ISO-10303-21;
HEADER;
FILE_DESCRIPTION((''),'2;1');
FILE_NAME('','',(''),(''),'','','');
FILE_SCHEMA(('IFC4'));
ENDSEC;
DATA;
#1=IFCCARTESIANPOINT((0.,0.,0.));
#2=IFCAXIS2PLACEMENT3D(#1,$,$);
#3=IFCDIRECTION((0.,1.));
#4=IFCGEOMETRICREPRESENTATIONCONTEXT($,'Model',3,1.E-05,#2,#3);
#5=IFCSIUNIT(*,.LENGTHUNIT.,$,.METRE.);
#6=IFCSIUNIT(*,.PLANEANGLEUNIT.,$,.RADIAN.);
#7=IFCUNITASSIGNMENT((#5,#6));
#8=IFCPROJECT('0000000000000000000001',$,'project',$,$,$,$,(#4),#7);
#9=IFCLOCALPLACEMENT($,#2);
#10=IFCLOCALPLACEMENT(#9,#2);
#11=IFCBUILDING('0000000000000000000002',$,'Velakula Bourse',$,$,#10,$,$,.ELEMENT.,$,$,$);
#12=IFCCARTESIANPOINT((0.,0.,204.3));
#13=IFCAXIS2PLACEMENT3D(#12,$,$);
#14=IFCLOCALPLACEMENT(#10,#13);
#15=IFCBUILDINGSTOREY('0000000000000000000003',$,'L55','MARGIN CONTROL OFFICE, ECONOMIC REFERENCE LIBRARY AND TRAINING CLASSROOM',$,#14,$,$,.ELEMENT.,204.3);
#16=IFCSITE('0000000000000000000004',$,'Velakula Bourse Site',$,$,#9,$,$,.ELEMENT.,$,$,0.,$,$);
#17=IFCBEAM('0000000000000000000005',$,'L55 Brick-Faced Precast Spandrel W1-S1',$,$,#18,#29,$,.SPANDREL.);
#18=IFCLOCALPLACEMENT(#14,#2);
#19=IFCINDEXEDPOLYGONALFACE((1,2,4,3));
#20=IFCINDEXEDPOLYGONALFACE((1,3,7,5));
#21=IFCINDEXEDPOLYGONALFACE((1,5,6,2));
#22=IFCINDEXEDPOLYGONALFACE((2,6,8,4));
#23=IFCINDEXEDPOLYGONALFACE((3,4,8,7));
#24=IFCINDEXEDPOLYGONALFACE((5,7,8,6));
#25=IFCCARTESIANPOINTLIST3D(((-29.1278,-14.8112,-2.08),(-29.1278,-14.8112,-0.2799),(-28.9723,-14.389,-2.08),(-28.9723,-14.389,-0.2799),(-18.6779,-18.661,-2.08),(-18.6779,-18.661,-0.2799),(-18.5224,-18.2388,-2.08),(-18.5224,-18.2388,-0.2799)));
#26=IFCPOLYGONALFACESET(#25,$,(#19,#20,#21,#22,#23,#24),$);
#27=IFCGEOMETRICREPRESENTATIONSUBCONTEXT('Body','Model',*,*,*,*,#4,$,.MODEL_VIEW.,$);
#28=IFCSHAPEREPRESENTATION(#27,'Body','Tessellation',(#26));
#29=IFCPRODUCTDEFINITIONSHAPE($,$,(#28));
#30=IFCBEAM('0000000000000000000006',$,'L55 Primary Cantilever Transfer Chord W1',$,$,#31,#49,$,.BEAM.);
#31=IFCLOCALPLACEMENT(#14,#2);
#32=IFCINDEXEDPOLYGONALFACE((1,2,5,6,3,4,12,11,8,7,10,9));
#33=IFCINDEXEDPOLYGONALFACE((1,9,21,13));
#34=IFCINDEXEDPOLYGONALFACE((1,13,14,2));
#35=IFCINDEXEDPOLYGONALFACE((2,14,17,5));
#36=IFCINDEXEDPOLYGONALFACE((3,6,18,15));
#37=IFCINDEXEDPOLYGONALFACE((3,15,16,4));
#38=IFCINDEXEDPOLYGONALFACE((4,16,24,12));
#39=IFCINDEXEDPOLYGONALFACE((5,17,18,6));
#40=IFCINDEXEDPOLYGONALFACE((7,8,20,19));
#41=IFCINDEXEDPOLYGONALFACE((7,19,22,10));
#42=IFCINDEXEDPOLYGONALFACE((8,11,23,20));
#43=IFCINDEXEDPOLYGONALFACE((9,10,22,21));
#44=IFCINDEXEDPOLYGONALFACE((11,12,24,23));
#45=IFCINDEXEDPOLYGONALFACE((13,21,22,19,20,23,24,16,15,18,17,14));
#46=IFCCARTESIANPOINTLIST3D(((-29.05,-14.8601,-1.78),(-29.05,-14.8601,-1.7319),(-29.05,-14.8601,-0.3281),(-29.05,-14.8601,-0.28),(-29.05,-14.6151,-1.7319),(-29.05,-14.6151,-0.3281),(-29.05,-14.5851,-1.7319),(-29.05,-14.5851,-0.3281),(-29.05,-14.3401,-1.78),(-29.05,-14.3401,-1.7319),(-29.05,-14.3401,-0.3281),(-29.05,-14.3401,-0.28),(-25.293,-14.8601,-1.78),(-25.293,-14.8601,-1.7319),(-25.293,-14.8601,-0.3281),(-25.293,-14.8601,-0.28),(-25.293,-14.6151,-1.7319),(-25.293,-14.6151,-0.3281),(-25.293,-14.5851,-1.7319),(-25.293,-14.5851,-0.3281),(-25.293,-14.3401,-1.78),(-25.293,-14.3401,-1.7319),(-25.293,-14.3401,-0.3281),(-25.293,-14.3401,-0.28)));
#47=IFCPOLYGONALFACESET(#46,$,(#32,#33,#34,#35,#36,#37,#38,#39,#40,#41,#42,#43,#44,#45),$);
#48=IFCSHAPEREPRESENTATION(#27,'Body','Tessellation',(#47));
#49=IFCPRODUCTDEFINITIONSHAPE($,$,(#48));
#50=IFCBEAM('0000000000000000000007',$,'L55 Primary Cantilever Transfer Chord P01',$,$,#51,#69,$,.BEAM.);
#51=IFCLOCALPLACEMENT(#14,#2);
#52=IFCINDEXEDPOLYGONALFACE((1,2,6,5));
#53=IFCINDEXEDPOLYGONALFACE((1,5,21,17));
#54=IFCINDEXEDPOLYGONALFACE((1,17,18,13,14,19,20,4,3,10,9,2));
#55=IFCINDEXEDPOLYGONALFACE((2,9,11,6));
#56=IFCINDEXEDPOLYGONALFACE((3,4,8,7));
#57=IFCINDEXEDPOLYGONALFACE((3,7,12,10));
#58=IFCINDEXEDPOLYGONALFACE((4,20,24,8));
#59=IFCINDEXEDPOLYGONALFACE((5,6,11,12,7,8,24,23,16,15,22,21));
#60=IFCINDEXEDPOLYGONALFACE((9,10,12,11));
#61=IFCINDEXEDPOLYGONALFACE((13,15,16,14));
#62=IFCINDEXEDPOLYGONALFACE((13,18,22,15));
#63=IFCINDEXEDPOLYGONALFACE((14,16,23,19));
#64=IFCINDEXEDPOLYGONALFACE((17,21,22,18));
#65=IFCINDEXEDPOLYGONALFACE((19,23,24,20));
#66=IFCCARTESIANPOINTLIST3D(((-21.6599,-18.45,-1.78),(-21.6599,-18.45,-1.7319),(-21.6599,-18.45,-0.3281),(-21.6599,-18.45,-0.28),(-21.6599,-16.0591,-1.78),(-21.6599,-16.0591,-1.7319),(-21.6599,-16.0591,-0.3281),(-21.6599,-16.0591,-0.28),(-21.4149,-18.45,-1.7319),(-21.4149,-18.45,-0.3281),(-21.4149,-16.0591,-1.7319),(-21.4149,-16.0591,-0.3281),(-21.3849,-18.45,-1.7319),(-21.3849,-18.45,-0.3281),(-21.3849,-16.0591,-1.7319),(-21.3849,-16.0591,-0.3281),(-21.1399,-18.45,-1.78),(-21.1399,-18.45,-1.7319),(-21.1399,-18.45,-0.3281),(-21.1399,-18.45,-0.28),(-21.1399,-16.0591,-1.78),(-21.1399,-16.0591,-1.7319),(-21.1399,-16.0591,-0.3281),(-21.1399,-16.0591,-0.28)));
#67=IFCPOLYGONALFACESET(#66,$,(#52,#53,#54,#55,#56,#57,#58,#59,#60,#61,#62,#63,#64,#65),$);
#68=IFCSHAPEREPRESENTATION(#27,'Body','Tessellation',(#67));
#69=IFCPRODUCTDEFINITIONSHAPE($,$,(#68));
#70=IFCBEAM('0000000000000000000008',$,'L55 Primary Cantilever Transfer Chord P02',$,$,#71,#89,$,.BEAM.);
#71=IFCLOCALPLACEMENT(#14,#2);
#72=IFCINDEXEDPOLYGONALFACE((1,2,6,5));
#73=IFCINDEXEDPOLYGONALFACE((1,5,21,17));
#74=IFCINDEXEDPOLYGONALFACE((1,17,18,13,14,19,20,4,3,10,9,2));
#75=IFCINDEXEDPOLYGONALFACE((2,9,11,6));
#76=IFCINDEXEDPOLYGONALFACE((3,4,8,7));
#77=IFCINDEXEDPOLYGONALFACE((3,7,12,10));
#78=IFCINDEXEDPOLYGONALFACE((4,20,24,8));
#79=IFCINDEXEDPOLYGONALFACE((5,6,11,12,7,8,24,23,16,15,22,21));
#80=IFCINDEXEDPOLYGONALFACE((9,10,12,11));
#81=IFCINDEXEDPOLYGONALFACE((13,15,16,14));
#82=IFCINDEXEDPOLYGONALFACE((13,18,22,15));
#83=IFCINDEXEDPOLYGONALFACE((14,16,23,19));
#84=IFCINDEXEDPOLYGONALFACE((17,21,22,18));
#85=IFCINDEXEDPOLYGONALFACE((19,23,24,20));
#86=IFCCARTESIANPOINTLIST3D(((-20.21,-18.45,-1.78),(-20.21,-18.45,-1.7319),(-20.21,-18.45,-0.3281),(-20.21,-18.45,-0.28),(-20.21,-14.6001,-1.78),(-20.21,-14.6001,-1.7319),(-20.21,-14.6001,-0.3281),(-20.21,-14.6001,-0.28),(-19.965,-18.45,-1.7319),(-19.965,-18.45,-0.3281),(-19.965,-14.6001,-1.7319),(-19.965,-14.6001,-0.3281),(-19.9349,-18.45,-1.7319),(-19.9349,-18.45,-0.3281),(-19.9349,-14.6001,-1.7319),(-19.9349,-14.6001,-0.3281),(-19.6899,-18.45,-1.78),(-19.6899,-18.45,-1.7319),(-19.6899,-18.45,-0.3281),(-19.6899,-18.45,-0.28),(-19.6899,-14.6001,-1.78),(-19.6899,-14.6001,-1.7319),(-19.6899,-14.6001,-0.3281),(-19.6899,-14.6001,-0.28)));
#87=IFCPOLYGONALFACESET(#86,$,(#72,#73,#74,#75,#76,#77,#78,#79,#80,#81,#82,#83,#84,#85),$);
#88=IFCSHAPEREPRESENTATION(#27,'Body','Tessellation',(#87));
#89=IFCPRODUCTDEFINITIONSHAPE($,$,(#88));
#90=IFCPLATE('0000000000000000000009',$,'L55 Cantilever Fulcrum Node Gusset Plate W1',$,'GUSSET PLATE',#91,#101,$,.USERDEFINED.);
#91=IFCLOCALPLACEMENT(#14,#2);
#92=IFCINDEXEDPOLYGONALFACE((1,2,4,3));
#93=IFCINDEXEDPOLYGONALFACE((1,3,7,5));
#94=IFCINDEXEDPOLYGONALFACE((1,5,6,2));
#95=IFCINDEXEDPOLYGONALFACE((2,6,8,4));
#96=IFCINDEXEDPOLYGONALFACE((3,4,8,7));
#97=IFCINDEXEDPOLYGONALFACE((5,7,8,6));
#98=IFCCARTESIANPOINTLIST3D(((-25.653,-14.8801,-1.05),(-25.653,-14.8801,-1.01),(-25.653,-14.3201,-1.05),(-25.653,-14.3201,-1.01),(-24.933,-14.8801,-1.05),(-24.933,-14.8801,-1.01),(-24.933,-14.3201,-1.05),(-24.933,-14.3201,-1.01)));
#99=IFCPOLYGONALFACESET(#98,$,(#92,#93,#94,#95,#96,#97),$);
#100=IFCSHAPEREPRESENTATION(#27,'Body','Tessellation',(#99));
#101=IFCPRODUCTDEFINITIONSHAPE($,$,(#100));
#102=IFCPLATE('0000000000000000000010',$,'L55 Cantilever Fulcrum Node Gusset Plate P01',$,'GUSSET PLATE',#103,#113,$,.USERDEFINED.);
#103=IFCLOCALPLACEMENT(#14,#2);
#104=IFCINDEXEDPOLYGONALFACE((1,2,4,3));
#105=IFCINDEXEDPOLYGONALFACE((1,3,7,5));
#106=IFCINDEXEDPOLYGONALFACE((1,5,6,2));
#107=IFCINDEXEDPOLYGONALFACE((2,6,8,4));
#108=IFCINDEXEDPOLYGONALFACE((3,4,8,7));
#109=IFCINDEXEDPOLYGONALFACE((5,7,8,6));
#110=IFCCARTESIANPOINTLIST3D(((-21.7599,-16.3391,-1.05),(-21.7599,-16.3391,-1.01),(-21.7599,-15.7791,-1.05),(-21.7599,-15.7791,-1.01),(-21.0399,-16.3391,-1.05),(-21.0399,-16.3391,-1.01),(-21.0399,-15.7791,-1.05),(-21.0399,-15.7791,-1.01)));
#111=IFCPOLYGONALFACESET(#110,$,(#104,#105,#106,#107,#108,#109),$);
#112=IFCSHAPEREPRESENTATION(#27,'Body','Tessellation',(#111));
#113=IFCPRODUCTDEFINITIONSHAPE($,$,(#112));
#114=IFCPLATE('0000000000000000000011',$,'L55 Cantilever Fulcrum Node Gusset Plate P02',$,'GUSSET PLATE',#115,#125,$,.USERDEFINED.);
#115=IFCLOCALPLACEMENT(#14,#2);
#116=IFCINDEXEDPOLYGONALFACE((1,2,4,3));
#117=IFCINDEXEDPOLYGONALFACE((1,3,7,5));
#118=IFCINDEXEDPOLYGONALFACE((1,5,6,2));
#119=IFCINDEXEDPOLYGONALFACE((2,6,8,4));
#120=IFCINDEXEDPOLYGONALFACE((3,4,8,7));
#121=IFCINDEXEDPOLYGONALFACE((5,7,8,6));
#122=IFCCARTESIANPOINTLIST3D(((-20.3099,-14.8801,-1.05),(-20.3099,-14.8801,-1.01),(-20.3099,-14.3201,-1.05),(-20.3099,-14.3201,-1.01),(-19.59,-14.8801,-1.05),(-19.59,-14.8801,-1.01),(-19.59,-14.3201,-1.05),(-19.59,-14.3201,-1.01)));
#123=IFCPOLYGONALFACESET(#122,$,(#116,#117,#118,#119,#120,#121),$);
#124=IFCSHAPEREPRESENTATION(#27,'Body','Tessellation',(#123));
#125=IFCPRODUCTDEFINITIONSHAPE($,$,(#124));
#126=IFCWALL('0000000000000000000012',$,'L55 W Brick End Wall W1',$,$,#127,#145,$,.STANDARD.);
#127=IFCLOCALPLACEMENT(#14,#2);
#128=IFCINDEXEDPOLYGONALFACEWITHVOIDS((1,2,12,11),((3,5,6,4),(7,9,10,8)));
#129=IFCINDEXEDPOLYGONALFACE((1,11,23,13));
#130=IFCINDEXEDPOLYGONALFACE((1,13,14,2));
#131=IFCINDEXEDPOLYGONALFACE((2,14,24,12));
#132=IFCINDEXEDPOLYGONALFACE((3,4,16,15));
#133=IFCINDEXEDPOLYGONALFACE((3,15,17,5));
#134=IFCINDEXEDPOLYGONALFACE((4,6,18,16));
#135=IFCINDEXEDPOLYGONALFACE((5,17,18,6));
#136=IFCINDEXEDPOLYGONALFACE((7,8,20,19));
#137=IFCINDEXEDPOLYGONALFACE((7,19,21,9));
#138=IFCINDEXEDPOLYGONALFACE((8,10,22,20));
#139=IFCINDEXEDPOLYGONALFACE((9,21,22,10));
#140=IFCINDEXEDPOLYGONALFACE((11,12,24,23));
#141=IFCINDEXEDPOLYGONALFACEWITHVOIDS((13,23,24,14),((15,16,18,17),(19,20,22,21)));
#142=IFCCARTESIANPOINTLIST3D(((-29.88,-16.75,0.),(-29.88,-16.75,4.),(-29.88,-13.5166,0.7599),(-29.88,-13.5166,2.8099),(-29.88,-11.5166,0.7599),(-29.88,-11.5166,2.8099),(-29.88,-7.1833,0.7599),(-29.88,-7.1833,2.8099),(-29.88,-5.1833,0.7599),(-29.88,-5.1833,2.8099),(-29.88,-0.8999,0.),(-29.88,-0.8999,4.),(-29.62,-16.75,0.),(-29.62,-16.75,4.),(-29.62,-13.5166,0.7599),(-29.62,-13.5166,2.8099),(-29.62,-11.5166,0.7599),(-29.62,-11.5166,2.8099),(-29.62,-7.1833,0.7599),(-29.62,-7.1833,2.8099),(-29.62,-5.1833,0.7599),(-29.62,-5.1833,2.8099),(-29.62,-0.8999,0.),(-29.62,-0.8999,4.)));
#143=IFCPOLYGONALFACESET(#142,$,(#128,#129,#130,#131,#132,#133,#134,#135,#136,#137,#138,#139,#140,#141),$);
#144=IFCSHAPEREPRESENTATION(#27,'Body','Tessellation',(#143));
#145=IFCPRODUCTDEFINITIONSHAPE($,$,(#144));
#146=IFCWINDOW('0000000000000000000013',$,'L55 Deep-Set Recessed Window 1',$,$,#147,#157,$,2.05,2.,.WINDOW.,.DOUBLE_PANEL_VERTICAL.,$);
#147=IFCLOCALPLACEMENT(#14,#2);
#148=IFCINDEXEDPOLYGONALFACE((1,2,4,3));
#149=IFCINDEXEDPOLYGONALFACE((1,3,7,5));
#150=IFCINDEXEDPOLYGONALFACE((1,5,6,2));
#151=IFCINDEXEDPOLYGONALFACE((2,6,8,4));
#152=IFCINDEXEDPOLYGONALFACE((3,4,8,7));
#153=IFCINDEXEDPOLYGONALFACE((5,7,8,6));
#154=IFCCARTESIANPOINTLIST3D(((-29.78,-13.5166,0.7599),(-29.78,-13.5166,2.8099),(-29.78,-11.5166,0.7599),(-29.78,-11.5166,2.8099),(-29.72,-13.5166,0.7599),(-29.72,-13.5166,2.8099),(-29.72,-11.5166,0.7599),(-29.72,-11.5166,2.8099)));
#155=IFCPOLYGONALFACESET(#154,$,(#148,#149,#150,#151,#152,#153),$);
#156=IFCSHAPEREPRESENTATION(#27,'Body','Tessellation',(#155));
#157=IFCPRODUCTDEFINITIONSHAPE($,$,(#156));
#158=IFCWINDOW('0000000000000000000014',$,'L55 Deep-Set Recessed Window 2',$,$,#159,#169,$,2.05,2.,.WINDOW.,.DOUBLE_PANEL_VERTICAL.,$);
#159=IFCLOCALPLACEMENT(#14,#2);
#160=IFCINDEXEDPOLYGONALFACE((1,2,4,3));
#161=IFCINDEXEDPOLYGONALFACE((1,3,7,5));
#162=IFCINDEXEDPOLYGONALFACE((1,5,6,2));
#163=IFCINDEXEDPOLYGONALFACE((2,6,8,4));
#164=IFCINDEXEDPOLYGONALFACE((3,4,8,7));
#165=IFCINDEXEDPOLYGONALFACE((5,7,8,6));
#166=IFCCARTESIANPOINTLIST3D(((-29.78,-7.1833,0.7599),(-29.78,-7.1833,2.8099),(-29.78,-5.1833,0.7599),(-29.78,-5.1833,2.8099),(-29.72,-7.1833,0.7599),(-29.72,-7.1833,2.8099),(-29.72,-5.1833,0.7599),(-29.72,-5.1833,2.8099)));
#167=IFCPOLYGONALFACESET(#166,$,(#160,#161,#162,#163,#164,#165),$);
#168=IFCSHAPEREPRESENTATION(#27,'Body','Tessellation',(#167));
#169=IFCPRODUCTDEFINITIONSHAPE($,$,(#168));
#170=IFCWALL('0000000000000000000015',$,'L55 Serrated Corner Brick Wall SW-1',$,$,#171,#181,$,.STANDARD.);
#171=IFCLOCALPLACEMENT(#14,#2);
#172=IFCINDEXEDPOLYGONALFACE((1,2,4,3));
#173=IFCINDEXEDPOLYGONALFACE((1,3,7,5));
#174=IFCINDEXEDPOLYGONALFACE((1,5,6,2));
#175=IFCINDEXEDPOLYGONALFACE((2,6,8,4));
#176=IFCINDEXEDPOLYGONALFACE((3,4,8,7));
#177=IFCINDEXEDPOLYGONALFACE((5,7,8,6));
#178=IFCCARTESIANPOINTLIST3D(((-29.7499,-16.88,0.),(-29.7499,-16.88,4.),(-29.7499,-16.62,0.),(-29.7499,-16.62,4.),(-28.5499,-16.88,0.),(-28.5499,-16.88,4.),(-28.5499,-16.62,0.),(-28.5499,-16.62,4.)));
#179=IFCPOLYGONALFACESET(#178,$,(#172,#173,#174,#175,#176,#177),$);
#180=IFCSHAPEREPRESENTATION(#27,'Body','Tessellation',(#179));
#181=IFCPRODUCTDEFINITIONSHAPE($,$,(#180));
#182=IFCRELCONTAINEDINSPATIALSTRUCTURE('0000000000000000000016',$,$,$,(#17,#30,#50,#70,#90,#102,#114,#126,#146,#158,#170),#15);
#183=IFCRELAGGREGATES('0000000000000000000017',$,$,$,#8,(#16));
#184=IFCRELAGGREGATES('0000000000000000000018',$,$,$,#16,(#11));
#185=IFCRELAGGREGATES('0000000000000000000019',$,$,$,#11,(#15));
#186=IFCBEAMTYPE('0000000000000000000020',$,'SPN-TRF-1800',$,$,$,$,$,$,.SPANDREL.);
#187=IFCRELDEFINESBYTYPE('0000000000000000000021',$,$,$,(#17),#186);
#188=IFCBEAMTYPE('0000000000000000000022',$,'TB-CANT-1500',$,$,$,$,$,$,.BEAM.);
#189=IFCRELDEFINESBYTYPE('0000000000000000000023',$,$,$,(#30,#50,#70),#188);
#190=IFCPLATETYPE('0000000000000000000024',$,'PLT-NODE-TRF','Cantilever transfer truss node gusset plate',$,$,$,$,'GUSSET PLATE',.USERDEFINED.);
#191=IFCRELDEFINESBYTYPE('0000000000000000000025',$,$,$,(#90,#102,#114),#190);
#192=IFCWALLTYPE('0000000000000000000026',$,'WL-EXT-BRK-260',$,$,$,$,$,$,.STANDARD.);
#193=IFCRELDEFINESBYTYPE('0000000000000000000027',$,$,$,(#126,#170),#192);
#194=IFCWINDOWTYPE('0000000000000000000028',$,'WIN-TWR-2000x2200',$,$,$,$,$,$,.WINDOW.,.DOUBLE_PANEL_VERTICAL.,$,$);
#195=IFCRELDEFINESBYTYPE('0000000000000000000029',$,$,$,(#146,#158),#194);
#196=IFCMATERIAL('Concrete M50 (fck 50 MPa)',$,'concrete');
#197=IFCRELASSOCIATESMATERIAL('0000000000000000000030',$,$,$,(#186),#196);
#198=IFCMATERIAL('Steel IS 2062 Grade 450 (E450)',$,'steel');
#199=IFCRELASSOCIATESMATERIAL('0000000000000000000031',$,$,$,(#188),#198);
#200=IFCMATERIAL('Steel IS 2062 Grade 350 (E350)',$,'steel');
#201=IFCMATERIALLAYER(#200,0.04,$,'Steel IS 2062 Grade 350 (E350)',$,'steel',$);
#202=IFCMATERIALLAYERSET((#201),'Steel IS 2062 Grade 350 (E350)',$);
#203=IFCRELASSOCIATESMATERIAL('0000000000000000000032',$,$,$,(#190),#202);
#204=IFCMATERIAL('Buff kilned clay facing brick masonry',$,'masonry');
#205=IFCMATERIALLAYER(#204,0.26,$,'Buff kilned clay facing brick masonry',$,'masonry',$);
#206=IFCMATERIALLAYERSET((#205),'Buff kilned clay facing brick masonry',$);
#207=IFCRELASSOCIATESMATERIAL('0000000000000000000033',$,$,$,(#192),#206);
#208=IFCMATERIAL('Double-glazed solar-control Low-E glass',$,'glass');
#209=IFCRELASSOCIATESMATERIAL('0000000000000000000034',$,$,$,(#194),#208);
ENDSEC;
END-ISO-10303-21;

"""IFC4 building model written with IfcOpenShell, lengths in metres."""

from ifc_helpers import new_model, si_unit, direction, frame, frame_2d, origin, origin_2d, place, context, subcontext, project, spatial, rectangle, i_section, extrude, material, layer, layer_set, material_profile, profile_set, type_object, element, fill, save


model = new_model("IFC4")

# Units and contexts
model_context = context("Model", 3, precision=1e-05, world=origin(), true_north=direction((0.0, 1.0)))
body_context = subcontext(model_context, "Body", "Model", "MODEL_VIEW")
ifc_project = project(units=[si_unit("LENGTHUNIT", "METRE"), si_unit("PLANEANGLEUNIT", "RADIAN")], contexts=[model_context])

# Site, building, storey
site_placement = place(None, origin())
site = spatial("IfcSite", under=ifc_project, at=site_placement, Name="Velakula Bourse Site", CompositionType="ELEMENT", RefElevation=0.0)
building_placement = place(site_placement, origin())
building = spatial("IfcBuilding", under=site, at=building_placement, Name="Velakula Bourse", CompositionType="ELEMENT")
storey_placement = place(building_placement, frame((0.0, 0.0, 204.3)))
storey = spatial("IfcBuildingStorey", under=building, at=storey_placement, Name="L55", Description="MARGIN CONTROL OFFICE, ECONOMIC REFERENCE LIBRARY AND TRAINING CLASSROOM", CompositionType="ELEMENT", Elevation=204.3)

# Shared definitions
ifc_material_1 = material(Name="Steel IS 2062 Grade 350 (E350)", Category="steel")

# Beams
ifc_material_2 = material(Name="Concrete M50 (fck 50 MPa)", Category="concrete")
ifc_material_profile_1 = material_profile(ifc_material_2, rectangle(XDim=0.45, YDim=1.8, at=origin_2d()), Name="Concrete M50 (fck 50 MPa)")
ifc_profile_set_1 = profile_set([ifc_material_profile_1], Name="Concrete M50 (fck 50 MPa)")
beam_type_1 = type_object("IfcBeamType", Name="SPN-TRF-1800", PredefinedType="SPANDREL", material=ifc_profile_set_1)
beam_1_placement = place(storey_placement, frame((-29.05, -14.6001, -1.1799), z_axis=(0.938347, -0.345695, 0.0), x_axis=(0.345695, 0.938347, 0.0)))
element("IfcBeam", 1, at=beam_1_placement, inside=storey, type_object=beam_type_1, Name="L55 Brick-Faced Precast Spandrel W1-S1", PredefinedType="SPANDREL", context=body_context, shape_type="SweptSolid", body=[
    extrude(rectangle(XDim=0.45, YDim=1.8, at=origin_2d()), origin(), (0.0, 0.0, 1.0), 11.1365),
])
ifc_material_3 = material(Name="Steel IS 2062 Grade 450 (E450)", Category="steel")
ifc_material_profile_2 = material_profile(ifc_material_3, i_section(OverallWidth=0.52, OverallDepth=1.5, WebThickness=0.03, FlangeThickness=0.0481, at=origin_2d()), Name="Steel IS 2062 Grade 450 (E450)")
ifc_profile_set_2 = profile_set([ifc_material_profile_2], Name="Steel IS 2062 Grade 450 (E450)")
beam_type_2 = type_object("IfcBeamType", Name="TB-CANT-1500", PredefinedType="BEAM", material=ifc_profile_set_2)
beam_2_placement = place(storey_placement, frame((-25.293, -14.6001, -1.03), z_axis=(-1.0, 0.0, 0.0), x_axis=(0.0, -1.0, 0.0)))
element("IfcBeam", 2, at=beam_2_placement, inside=storey, type_object=beam_type_2, Name="L55 Primary Cantilever Transfer Chord W1", PredefinedType="BEAM", context=body_context, shape_type="SweptSolid", body=[
    extrude(i_section(OverallWidth=0.52, OverallDepth=1.5, WebThickness=0.03, FlangeThickness=0.0481, at=origin_2d()), origin(), (0.0, 0.0, 1.0), 3.7571),
])
beam_3_placement = place(storey_placement, frame((-21.3999, -16.0591, -1.03), z_axis=(0.0, -1.0, 0.0), x_axis=(1.0, 0.0, 0.0)))
element("IfcBeam", 3, at=beam_3_placement, inside=storey, type_object=beam_type_2, Name="L55 Primary Cantilever Transfer Chord P01", PredefinedType="BEAM", context=body_context, shape_type="SweptSolid", body=[
    extrude(i_section(OverallWidth=0.52, OverallDepth=1.5, WebThickness=0.03, FlangeThickness=0.0481, at=origin_2d()), origin(), (0.0, 0.0, 1.0), 2.3909),
])
beam_4_placement = place(storey_placement, frame((-19.95, -14.6001, -1.03), z_axis=(0.0, -1.0, 0.0), x_axis=(1.0, 0.0, 0.0)))
element("IfcBeam", 4, at=beam_4_placement, inside=storey, type_object=beam_type_2, Name="L55 Primary Cantilever Transfer Chord P02", PredefinedType="BEAM", context=body_context, shape_type="SweptSolid", body=[
    extrude(i_section(OverallWidth=0.52, OverallDepth=1.5, WebThickness=0.03, FlangeThickness=0.0481, at=origin_2d()), origin(), (0.0, 0.0, 1.0), 3.8499),
])

# Plates
ifc_layer_1 = layer(ifc_material_1, 0.04, Name="Steel IS 2062 Grade 350 (E350)", Category="steel")
ifc_layer_set_1 = layer_set([ifc_layer_1], Name="Steel IS 2062 Grade 350 (E350)")
plate_type = type_object("IfcPlateType", Name="PLT-NODE-TRF", Description="Cantilever transfer truss node gusset plate", ElementType="GUSSET PLATE", PredefinedType="USERDEFINED", material=ifc_layer_set_1)
plate_placement = place(storey_placement, frame((-25.293, -14.6001, -1.05), z_axis=(0.0, 0.0, 1.0), x_axis=(1.0, 0.0, 0.0)))
element("IfcPlate", 5, at=plate_placement, inside=storey, type_object=plate_type, Name="L55 Cantilever Fulcrum Node Gusset Plate W1", ObjectType="GUSSET PLATE", PredefinedType="USERDEFINED", context=body_context, shape_type="SweptSolid", body=[
    extrude(rectangle(XDim=0.72, YDim=0.5601, at=origin_2d()), origin(), (0.0, 0.0, 1.0), 0.04),
])
for number, where, z_axis, x_axis, name in (
    (6, (-21.3999, -16.0591, -1.05), (0.0, 0.0, 1.0), (0.0, 1.0, 0.0), "L55 Cantilever Fulcrum Node Gusset Plate P01"),
    (7, (-19.95, -14.6001, -1.05), (0.0, 0.0, 1.0), (0.0, 1.0, 0.0), "L55 Cantilever Fulcrum Node Gusset Plate P02"),
):
    element("IfcPlate", number, at=place(storey_placement, frame(where, z_axis=z_axis, x_axis=x_axis)), inside=storey, type_object=plate_type, Name=name, ObjectType="GUSSET PLATE", PredefinedType="USERDEFINED", context=body_context, shape_type="SweptSolid", body=[
        extrude(rectangle(XDim=0.5601, YDim=0.72, at=origin_2d()), origin(), (0.0, 0.0, 1.0), 0.04),
    ])

# Wall, openings, windows
ifc_material_4 = material(Name="Buff kilned clay facing brick masonry", Category="masonry")
ifc_layer_2 = layer(ifc_material_4, 0.26, Name="Buff kilned clay facing brick masonry", Category="masonry")
ifc_layer_set_2 = layer_set([ifc_layer_2], Name="Buff kilned clay facing brick masonry")
wall_type = type_object("IfcWallType", Name="WL-EXT-BRK-260", PredefinedType="STANDARD", material=ifc_layer_set_2)
wall_placement = place(storey_placement, frame((-29.75, -16.75, 0.0), z_axis=(0.0, 0.0, 1.0), x_axis=(0.0, 1.0, 0.0)))
wall = element("IfcWall", 8, at=wall_placement, inside=storey, type_object=wall_type, Name="L55 W Brick End Wall W1", PredefinedType="STANDARD", context=body_context, shape_type="SweptSolid", body=[
    extrude(rectangle(XDim=15.8501, YDim=0.26, at=frame_2d((7.925, 0.0))), origin(), (0.0, 0.0, 1.0), 4.0),
])
opening_1_placement = place(wall_placement, frame((3.2334, 0.0, 0.76)))
opening_1 = element("IfcOpeningElement", 9, at=opening_1_placement, cuts=wall, PredefinedType="OPENING", context=body_context, shape_type="SweptSolid", body=[
    extrude(rectangle(XDim=2.0, YDim=2.05, at=frame_2d((1.0, 1.0249))), frame((0.0, 0.1399, 0.0), z_axis=(0.0, -1.0, 0.0), x_axis=(1.0, 0.0, 0.0)), (0.0, 0.0, 1.0), 0.28),
])
opening_2_placement = place(wall_placement, frame((9.5667, 0.0, 0.76)))
opening_2 = element("IfcOpeningElement", 10, at=opening_2_placement, cuts=wall, PredefinedType="OPENING", context=body_context, shape_type="SweptSolid", body=[
    extrude(rectangle(XDim=2.0, YDim=2.05, at=frame_2d((1.0, 1.0249))), frame((0.0, 0.1399, 0.0), z_axis=(0.0, -1.0, 0.0), x_axis=(1.0, 0.0, 0.0)), (0.0, 0.0, 1.0), 0.28),
])
ifc_material_5 = material(Name="Double-glazed solar-control Low-E glass", Category="glass")
window_type = type_object("IfcWindowType", Name="WIN-TWR-2000x2200", PartitioningType="DOUBLE_PANEL_VERTICAL", PredefinedType="WINDOW", material=ifc_material_5)
window_1_placement = place(opening_1_placement, origin())
window_1 = element("IfcWindow", 11, at=window_1_placement, inside=storey, type_object=window_type, Name="L55 Deep-Set Recessed Window 1", OverallHeight=2.05, OverallWidth=2.0, PartitioningType="DOUBLE_PANEL_VERTICAL", PredefinedType="WINDOW", context=body_context, shape_type="SweptSolid", body=[
    extrude(rectangle(XDim=2.0, YDim=2.05, at=frame_2d((1.0, 1.0249))), frame((0.0, 0.03, 0.0), z_axis=(0.0, -1.0, 0.0), x_axis=(1.0, 0.0, 0.0)), (0.0, 0.0, 1.0), 0.0601),
])
fill(opening_1, window_1)
window_2_placement = place(opening_2_placement, origin())
window_2 = element("IfcWindow", 12, at=window_2_placement, inside=storey, type_object=window_type, Name="L55 Deep-Set Recessed Window 2", OverallHeight=2.05, OverallWidth=2.0, PartitioningType="DOUBLE_PANEL_VERTICAL", PredefinedType="WINDOW", context=body_context, shape_type="SweptSolid", body=[
    extrude(rectangle(XDim=2.0, YDim=2.05, at=frame_2d((1.0, 1.0249))), frame((0.0, 0.03, 0.0), z_axis=(0.0, -1.0, 0.0), x_axis=(1.0, 0.0, 0.0)), (0.0, 0.0, 1.0), 0.0601),
])
fill(opening_2, window_2)

# Wall
for number, where, z_axis, x_axis, name in (
    (13, (-29.75, -16.75, 0.0), (0.0, 0.0, 1.0), (1.0, 0.0, 0.0), "L55 Serrated Corner Brick Wall SW-1"),
):
    element("IfcWall", number, at=place(storey_placement, frame(where, z_axis=z_axis, x_axis=x_axis)), inside=storey, type_object=wall_type, Name=name, PredefinedType="STANDARD", context=body_context, shape_type="SweptSolid", body=[
        extrude(rectangle(XDim=1.2, YDim=0.26, at=frame_2d((0.6001, 0.0))), origin(), (0.0, 0.0, 1.0), 4.0),
    ])

save(model, "model.ifc")
